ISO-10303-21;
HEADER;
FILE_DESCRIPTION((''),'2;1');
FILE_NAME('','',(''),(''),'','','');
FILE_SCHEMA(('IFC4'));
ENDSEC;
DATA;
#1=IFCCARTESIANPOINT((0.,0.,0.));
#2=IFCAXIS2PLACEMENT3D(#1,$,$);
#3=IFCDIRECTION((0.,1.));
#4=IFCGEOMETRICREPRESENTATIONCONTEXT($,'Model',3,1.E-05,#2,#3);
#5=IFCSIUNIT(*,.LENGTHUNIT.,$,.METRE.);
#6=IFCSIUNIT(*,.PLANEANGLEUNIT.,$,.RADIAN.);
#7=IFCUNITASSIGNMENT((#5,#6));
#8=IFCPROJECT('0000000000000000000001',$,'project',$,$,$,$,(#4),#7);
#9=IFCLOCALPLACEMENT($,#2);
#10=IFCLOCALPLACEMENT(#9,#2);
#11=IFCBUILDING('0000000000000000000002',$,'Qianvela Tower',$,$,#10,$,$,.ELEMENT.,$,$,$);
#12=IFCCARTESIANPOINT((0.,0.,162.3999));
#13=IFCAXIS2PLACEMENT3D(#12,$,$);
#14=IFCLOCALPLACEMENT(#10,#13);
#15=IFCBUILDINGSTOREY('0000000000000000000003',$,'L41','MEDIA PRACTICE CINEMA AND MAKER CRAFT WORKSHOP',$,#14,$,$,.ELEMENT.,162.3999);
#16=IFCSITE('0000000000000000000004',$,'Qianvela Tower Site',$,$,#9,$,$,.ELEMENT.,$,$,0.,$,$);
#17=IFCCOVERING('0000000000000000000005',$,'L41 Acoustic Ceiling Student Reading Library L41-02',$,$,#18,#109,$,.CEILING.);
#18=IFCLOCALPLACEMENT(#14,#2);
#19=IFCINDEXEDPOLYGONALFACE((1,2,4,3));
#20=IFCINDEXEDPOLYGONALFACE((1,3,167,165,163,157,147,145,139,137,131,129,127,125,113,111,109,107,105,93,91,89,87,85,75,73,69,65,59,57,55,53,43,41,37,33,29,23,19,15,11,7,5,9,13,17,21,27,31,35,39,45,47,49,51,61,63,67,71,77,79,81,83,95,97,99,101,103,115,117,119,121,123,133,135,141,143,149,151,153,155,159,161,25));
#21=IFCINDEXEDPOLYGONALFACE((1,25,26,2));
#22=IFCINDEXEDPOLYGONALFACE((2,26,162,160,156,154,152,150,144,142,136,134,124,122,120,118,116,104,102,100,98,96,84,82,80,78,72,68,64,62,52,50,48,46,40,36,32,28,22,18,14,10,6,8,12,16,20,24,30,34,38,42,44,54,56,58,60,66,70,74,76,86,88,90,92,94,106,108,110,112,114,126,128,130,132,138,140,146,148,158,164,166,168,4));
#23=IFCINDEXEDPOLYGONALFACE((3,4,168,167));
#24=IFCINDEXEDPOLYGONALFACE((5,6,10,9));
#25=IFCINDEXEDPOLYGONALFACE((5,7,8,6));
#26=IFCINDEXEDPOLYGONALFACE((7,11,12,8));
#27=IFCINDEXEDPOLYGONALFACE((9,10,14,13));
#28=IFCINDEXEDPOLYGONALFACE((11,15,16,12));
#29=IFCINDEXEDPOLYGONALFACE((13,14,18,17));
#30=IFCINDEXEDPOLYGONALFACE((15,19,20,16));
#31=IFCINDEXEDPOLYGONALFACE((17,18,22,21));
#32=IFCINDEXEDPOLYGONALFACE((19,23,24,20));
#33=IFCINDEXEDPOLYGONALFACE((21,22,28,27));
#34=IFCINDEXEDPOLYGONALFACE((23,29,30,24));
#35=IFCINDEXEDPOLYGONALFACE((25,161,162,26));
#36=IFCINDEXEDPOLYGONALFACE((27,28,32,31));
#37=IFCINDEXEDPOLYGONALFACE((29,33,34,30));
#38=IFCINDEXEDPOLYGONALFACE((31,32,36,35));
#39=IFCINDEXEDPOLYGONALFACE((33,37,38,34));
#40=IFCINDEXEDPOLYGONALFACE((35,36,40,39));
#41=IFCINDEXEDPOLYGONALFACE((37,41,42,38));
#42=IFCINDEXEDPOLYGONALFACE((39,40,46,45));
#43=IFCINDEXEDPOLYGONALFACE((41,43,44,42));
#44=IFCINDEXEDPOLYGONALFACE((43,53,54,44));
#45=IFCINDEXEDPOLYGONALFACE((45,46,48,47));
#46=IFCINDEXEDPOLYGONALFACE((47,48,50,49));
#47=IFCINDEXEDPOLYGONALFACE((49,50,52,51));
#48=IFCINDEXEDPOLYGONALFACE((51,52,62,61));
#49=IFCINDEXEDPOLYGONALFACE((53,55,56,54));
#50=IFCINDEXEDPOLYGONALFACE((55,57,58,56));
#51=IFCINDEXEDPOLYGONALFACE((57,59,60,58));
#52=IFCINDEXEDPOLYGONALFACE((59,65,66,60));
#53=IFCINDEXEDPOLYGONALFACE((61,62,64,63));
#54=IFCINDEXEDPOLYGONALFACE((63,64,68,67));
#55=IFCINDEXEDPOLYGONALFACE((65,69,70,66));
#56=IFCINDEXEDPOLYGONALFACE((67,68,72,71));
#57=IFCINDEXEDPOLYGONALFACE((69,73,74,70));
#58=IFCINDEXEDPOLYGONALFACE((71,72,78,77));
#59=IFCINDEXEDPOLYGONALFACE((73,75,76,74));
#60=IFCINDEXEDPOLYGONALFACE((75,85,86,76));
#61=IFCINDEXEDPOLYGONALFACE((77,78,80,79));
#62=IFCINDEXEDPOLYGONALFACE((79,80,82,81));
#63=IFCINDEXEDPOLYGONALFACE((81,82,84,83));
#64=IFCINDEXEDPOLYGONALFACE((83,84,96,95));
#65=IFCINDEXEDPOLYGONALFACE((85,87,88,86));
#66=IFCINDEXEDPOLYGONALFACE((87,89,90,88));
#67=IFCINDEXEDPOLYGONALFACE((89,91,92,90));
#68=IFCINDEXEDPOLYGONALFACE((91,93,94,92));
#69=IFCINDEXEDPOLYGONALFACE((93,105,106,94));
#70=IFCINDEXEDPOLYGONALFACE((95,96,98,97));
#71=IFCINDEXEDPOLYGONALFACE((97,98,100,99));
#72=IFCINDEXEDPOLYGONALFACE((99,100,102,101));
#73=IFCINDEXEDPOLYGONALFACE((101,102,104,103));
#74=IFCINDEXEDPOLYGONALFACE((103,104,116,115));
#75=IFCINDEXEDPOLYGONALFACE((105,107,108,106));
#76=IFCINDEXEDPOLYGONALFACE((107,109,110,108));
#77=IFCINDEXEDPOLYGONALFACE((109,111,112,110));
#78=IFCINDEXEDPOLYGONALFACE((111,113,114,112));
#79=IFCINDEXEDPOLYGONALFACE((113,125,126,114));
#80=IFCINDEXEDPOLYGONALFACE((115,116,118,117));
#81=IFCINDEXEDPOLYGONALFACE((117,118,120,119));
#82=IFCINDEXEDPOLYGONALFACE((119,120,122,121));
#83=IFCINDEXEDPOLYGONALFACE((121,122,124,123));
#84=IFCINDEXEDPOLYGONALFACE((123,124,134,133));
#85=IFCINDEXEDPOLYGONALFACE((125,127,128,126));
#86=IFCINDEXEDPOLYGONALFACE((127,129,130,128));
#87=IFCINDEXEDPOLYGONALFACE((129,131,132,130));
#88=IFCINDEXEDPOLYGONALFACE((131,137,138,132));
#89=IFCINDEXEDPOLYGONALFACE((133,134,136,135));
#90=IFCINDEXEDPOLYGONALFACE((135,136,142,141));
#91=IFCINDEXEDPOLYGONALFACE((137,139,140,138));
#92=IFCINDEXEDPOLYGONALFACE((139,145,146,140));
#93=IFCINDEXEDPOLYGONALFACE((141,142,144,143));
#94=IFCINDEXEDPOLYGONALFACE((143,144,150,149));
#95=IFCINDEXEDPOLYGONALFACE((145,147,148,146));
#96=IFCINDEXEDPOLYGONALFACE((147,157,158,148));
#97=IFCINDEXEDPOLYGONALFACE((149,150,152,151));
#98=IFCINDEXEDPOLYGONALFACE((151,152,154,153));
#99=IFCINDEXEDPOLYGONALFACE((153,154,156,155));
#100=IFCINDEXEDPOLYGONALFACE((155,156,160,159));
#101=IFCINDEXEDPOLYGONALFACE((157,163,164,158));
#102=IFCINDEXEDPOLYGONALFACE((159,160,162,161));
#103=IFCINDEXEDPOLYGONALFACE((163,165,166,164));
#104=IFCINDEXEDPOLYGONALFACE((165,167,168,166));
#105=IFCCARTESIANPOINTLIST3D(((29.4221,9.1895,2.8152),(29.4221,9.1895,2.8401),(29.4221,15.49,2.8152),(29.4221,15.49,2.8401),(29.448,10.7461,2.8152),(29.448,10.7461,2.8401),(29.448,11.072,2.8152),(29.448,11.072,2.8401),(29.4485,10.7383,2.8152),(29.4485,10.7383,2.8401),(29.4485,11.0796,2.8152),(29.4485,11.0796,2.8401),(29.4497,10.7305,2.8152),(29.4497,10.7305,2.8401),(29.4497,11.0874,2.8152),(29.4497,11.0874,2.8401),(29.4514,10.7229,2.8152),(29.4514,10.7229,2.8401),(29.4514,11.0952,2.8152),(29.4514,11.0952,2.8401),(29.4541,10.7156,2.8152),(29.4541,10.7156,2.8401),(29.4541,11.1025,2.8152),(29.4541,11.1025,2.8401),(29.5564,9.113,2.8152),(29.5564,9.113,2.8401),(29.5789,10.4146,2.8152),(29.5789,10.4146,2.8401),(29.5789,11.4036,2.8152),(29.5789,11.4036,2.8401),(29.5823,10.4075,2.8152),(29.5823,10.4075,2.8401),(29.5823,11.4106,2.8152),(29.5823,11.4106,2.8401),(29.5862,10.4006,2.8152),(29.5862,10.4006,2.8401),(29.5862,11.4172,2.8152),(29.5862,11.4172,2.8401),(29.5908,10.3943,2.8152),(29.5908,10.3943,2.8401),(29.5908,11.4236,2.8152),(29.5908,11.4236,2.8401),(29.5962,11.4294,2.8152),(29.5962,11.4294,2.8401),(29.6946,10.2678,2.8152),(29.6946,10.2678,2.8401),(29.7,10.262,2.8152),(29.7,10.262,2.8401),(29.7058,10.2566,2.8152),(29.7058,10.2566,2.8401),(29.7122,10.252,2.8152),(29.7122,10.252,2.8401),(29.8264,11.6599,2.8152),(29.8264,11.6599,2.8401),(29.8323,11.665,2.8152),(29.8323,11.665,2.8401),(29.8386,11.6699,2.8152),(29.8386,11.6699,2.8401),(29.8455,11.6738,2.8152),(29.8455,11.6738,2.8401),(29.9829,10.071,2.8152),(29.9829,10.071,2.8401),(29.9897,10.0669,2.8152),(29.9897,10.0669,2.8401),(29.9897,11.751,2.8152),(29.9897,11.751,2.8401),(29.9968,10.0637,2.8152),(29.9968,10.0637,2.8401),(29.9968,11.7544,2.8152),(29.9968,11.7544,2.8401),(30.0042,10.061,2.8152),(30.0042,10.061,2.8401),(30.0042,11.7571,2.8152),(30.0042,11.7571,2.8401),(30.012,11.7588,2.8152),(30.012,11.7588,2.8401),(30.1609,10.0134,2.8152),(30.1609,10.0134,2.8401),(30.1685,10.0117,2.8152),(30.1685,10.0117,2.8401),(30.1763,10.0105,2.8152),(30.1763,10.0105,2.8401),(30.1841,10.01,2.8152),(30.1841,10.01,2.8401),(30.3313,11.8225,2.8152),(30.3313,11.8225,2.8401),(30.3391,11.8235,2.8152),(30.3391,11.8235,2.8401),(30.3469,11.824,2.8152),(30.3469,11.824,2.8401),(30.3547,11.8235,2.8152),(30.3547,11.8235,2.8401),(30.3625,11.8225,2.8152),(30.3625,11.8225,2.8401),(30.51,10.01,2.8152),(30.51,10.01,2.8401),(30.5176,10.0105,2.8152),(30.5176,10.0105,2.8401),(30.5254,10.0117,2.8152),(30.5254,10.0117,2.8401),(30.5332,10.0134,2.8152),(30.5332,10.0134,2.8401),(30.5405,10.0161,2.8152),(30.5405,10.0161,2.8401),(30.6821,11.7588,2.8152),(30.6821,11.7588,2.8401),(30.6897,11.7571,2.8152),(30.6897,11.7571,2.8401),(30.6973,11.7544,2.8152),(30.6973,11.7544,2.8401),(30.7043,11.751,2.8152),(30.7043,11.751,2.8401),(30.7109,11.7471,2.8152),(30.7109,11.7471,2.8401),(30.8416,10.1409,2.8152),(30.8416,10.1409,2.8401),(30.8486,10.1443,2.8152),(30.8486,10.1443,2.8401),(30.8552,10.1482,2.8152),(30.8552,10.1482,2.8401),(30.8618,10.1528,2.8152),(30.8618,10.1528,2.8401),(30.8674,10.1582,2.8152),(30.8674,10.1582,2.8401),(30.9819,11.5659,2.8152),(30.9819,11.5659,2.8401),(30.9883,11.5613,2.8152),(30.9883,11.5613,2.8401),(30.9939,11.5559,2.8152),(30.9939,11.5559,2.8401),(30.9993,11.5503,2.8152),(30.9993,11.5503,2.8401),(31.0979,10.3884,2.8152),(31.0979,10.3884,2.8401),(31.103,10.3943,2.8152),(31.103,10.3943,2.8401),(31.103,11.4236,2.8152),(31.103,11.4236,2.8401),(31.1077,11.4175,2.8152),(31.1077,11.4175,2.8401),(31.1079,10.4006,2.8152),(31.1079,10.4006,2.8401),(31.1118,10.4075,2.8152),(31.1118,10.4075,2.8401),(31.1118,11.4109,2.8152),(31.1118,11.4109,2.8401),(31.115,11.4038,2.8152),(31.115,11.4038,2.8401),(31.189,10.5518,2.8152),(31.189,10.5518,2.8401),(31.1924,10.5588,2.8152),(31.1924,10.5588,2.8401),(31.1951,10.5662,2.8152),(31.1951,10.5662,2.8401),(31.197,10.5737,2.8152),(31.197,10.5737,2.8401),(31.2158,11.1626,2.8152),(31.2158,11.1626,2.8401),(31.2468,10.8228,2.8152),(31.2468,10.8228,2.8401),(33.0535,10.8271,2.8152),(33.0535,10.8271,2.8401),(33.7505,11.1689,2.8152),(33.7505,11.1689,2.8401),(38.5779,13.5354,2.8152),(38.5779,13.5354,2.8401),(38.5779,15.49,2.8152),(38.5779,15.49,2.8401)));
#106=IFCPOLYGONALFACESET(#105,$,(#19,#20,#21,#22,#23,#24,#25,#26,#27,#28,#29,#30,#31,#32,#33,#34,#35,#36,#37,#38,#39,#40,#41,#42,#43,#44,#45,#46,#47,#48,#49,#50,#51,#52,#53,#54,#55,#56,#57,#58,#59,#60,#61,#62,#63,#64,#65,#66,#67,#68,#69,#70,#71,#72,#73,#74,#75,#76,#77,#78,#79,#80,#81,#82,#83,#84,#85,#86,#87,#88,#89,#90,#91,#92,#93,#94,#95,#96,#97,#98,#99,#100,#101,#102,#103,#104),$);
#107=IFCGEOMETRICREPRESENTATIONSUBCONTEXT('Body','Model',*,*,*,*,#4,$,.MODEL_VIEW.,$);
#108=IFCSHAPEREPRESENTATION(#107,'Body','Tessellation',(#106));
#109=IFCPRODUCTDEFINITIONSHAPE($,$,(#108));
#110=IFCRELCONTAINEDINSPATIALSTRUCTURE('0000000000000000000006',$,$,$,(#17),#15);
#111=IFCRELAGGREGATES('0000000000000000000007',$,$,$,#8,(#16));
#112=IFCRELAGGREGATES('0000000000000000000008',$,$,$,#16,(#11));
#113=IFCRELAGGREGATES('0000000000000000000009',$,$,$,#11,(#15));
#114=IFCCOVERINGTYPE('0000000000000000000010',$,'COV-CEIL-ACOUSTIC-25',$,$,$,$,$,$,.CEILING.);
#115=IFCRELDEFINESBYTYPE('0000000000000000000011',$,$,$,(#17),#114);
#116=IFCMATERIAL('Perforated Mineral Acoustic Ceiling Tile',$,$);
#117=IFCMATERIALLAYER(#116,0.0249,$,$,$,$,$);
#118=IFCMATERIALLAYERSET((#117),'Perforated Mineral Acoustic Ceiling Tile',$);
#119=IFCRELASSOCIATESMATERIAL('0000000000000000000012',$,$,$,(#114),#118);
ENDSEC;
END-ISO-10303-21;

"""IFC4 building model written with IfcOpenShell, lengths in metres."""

from ifc_helpers import new_model, si_unit, direction, frame, origin, place, context, subcontext, project, spatial, polyline, outline, extrude, material, layer, layer_set, type_object, element, save


model = new_model("IFC4")

# Units and contexts
model_context = context("Model", 3, precision=1e-05, world=origin(), true_north=direction((0.0, 1.0)))
body_context = subcontext(model_context, "Body", "Model", "MODEL_VIEW")
ifc_project = project(units=[si_unit("LENGTHUNIT", "METRE"), si_unit("PLANEANGLEUNIT", "RADIAN")], contexts=[model_context])

# Site, building, storey
site_placement = place(None, origin())
site = spatial("IfcSite", under=ifc_project, at=site_placement, Name="Qianvela Tower Site", CompositionType="ELEMENT", RefElevation=0.0)
building_placement = place(site_placement, origin())
building = spatial("IfcBuilding", under=site, at=building_placement, Name="Qianvela Tower", CompositionType="ELEMENT")
storey_placement = place(building_placement, frame((0.0, 0.0, 162.3999)))
storey = spatial("IfcBuildingStorey", under=building, at=storey_placement, Name="L41", Description="MEDIA PRACTICE CINEMA AND MAKER CRAFT WORKSHOP", CompositionType="ELEMENT", Elevation=162.3999)

# Covering
ifc_material_1 = material(Name="Perforated Mineral Acoustic Ceiling Tile")
ifc_layer_1 = layer(ifc_material_1, 0.0249)
ifc_layer_set_1 = layer_set([ifc_layer_1], Name="Perforated Mineral Acoustic Ceiling Tile")
covering_type_1 = type_object("IfcCoveringType", Name="COV-CEIL-ACOUSTIC-25", PredefinedType="CEILING", material=ifc_layer_set_1)
covering_1_placement = place(storey_placement, frame((0.0, 0.0, 2.8152)))
element("IfcCovering", 1, at=covering_1_placement, inside=storey, type_object=covering_type_1, Name="L41 Acoustic Ceiling Student Reading Library L41-02", PredefinedType="CEILING", context=body_context, shape_type="SweptSolid", body=[
    extrude(outline(polyline([(38.5779, 13.5354), (33.7505, 11.1689), (31.2158, 11.1626), (31.115, 11.4038), (31.1118, 11.4109), (31.1077, 11.4175), (31.103, 11.4236), (30.9993, 11.5503), (30.9939, 11.5559), (30.9883, 11.5613), (30.9819, 11.5659), (30.7109, 11.7471), (30.7043, 11.751), (30.6973, 11.7544), (30.6897, 11.7571), (30.6821, 11.7588), (30.3625, 11.8225), (30.3547, 11.8235), (30.3469, 11.824), (30.3391, 11.8235), (30.3313, 11.8225), (30.012, 11.7588), (30.0042, 11.7571), (29.9968, 11.7544), (29.9897, 11.751), (29.8455, 11.6738), (29.8386, 11.6699), (29.8323, 11.665), (29.8264, 11.6599), (29.5962, 11.4294), (29.5908, 11.4236), (29.5862, 11.4172), (29.5823, 11.4106), (29.5789, 11.4036), (29.4541, 11.1025), (29.4514, 11.0952), (29.4497, 11.0874), (29.4485, 11.0796), (29.448, 11.072), (29.448, 10.7461), (29.4485, 10.7383), (29.4497, 10.7305), (29.4514, 10.7229), (29.4541, 10.7156), (29.5789, 10.4146), (29.5823, 10.4075), (29.5862, 10.4006), (29.5908, 10.3943), (29.6946, 10.2678), (29.7, 10.262), (29.7058, 10.2566), (29.7122, 10.252), (29.9829, 10.071), (29.9897, 10.0669), (29.9968, 10.0637), (30.0042, 10.061), (30.1609, 10.0134), (30.1685, 10.0117), (30.1763, 10.0105), (30.1841, 10.01), (30.51, 10.01), (30.5176, 10.0105), (30.5254, 10.0117), (30.5332, 10.0134), (30.5405, 10.0161), (30.8416, 10.1409), (30.8486, 10.1443), (30.8552, 10.1482), (30.8618, 10.1528), (30.8674, 10.1582), (31.0979, 10.3884), (31.103, 10.3943), (31.1079, 10.4006), (31.1118, 10.4075), (31.189, 10.5518), (31.1924, 10.5588), (31.1951, 10.5662), (31.197, 10.5737), (31.2468, 10.8228), (33.0535, 10.8271), (29.5564, 9.113), (29.4221, 9.1895), (29.4221, 15.49), (38.5779, 15.49), (38.5779, 13.5354)])), origin(), (0.0, 0.0, 1.0), 0.0249),
])

save(model, "model.ifc")
